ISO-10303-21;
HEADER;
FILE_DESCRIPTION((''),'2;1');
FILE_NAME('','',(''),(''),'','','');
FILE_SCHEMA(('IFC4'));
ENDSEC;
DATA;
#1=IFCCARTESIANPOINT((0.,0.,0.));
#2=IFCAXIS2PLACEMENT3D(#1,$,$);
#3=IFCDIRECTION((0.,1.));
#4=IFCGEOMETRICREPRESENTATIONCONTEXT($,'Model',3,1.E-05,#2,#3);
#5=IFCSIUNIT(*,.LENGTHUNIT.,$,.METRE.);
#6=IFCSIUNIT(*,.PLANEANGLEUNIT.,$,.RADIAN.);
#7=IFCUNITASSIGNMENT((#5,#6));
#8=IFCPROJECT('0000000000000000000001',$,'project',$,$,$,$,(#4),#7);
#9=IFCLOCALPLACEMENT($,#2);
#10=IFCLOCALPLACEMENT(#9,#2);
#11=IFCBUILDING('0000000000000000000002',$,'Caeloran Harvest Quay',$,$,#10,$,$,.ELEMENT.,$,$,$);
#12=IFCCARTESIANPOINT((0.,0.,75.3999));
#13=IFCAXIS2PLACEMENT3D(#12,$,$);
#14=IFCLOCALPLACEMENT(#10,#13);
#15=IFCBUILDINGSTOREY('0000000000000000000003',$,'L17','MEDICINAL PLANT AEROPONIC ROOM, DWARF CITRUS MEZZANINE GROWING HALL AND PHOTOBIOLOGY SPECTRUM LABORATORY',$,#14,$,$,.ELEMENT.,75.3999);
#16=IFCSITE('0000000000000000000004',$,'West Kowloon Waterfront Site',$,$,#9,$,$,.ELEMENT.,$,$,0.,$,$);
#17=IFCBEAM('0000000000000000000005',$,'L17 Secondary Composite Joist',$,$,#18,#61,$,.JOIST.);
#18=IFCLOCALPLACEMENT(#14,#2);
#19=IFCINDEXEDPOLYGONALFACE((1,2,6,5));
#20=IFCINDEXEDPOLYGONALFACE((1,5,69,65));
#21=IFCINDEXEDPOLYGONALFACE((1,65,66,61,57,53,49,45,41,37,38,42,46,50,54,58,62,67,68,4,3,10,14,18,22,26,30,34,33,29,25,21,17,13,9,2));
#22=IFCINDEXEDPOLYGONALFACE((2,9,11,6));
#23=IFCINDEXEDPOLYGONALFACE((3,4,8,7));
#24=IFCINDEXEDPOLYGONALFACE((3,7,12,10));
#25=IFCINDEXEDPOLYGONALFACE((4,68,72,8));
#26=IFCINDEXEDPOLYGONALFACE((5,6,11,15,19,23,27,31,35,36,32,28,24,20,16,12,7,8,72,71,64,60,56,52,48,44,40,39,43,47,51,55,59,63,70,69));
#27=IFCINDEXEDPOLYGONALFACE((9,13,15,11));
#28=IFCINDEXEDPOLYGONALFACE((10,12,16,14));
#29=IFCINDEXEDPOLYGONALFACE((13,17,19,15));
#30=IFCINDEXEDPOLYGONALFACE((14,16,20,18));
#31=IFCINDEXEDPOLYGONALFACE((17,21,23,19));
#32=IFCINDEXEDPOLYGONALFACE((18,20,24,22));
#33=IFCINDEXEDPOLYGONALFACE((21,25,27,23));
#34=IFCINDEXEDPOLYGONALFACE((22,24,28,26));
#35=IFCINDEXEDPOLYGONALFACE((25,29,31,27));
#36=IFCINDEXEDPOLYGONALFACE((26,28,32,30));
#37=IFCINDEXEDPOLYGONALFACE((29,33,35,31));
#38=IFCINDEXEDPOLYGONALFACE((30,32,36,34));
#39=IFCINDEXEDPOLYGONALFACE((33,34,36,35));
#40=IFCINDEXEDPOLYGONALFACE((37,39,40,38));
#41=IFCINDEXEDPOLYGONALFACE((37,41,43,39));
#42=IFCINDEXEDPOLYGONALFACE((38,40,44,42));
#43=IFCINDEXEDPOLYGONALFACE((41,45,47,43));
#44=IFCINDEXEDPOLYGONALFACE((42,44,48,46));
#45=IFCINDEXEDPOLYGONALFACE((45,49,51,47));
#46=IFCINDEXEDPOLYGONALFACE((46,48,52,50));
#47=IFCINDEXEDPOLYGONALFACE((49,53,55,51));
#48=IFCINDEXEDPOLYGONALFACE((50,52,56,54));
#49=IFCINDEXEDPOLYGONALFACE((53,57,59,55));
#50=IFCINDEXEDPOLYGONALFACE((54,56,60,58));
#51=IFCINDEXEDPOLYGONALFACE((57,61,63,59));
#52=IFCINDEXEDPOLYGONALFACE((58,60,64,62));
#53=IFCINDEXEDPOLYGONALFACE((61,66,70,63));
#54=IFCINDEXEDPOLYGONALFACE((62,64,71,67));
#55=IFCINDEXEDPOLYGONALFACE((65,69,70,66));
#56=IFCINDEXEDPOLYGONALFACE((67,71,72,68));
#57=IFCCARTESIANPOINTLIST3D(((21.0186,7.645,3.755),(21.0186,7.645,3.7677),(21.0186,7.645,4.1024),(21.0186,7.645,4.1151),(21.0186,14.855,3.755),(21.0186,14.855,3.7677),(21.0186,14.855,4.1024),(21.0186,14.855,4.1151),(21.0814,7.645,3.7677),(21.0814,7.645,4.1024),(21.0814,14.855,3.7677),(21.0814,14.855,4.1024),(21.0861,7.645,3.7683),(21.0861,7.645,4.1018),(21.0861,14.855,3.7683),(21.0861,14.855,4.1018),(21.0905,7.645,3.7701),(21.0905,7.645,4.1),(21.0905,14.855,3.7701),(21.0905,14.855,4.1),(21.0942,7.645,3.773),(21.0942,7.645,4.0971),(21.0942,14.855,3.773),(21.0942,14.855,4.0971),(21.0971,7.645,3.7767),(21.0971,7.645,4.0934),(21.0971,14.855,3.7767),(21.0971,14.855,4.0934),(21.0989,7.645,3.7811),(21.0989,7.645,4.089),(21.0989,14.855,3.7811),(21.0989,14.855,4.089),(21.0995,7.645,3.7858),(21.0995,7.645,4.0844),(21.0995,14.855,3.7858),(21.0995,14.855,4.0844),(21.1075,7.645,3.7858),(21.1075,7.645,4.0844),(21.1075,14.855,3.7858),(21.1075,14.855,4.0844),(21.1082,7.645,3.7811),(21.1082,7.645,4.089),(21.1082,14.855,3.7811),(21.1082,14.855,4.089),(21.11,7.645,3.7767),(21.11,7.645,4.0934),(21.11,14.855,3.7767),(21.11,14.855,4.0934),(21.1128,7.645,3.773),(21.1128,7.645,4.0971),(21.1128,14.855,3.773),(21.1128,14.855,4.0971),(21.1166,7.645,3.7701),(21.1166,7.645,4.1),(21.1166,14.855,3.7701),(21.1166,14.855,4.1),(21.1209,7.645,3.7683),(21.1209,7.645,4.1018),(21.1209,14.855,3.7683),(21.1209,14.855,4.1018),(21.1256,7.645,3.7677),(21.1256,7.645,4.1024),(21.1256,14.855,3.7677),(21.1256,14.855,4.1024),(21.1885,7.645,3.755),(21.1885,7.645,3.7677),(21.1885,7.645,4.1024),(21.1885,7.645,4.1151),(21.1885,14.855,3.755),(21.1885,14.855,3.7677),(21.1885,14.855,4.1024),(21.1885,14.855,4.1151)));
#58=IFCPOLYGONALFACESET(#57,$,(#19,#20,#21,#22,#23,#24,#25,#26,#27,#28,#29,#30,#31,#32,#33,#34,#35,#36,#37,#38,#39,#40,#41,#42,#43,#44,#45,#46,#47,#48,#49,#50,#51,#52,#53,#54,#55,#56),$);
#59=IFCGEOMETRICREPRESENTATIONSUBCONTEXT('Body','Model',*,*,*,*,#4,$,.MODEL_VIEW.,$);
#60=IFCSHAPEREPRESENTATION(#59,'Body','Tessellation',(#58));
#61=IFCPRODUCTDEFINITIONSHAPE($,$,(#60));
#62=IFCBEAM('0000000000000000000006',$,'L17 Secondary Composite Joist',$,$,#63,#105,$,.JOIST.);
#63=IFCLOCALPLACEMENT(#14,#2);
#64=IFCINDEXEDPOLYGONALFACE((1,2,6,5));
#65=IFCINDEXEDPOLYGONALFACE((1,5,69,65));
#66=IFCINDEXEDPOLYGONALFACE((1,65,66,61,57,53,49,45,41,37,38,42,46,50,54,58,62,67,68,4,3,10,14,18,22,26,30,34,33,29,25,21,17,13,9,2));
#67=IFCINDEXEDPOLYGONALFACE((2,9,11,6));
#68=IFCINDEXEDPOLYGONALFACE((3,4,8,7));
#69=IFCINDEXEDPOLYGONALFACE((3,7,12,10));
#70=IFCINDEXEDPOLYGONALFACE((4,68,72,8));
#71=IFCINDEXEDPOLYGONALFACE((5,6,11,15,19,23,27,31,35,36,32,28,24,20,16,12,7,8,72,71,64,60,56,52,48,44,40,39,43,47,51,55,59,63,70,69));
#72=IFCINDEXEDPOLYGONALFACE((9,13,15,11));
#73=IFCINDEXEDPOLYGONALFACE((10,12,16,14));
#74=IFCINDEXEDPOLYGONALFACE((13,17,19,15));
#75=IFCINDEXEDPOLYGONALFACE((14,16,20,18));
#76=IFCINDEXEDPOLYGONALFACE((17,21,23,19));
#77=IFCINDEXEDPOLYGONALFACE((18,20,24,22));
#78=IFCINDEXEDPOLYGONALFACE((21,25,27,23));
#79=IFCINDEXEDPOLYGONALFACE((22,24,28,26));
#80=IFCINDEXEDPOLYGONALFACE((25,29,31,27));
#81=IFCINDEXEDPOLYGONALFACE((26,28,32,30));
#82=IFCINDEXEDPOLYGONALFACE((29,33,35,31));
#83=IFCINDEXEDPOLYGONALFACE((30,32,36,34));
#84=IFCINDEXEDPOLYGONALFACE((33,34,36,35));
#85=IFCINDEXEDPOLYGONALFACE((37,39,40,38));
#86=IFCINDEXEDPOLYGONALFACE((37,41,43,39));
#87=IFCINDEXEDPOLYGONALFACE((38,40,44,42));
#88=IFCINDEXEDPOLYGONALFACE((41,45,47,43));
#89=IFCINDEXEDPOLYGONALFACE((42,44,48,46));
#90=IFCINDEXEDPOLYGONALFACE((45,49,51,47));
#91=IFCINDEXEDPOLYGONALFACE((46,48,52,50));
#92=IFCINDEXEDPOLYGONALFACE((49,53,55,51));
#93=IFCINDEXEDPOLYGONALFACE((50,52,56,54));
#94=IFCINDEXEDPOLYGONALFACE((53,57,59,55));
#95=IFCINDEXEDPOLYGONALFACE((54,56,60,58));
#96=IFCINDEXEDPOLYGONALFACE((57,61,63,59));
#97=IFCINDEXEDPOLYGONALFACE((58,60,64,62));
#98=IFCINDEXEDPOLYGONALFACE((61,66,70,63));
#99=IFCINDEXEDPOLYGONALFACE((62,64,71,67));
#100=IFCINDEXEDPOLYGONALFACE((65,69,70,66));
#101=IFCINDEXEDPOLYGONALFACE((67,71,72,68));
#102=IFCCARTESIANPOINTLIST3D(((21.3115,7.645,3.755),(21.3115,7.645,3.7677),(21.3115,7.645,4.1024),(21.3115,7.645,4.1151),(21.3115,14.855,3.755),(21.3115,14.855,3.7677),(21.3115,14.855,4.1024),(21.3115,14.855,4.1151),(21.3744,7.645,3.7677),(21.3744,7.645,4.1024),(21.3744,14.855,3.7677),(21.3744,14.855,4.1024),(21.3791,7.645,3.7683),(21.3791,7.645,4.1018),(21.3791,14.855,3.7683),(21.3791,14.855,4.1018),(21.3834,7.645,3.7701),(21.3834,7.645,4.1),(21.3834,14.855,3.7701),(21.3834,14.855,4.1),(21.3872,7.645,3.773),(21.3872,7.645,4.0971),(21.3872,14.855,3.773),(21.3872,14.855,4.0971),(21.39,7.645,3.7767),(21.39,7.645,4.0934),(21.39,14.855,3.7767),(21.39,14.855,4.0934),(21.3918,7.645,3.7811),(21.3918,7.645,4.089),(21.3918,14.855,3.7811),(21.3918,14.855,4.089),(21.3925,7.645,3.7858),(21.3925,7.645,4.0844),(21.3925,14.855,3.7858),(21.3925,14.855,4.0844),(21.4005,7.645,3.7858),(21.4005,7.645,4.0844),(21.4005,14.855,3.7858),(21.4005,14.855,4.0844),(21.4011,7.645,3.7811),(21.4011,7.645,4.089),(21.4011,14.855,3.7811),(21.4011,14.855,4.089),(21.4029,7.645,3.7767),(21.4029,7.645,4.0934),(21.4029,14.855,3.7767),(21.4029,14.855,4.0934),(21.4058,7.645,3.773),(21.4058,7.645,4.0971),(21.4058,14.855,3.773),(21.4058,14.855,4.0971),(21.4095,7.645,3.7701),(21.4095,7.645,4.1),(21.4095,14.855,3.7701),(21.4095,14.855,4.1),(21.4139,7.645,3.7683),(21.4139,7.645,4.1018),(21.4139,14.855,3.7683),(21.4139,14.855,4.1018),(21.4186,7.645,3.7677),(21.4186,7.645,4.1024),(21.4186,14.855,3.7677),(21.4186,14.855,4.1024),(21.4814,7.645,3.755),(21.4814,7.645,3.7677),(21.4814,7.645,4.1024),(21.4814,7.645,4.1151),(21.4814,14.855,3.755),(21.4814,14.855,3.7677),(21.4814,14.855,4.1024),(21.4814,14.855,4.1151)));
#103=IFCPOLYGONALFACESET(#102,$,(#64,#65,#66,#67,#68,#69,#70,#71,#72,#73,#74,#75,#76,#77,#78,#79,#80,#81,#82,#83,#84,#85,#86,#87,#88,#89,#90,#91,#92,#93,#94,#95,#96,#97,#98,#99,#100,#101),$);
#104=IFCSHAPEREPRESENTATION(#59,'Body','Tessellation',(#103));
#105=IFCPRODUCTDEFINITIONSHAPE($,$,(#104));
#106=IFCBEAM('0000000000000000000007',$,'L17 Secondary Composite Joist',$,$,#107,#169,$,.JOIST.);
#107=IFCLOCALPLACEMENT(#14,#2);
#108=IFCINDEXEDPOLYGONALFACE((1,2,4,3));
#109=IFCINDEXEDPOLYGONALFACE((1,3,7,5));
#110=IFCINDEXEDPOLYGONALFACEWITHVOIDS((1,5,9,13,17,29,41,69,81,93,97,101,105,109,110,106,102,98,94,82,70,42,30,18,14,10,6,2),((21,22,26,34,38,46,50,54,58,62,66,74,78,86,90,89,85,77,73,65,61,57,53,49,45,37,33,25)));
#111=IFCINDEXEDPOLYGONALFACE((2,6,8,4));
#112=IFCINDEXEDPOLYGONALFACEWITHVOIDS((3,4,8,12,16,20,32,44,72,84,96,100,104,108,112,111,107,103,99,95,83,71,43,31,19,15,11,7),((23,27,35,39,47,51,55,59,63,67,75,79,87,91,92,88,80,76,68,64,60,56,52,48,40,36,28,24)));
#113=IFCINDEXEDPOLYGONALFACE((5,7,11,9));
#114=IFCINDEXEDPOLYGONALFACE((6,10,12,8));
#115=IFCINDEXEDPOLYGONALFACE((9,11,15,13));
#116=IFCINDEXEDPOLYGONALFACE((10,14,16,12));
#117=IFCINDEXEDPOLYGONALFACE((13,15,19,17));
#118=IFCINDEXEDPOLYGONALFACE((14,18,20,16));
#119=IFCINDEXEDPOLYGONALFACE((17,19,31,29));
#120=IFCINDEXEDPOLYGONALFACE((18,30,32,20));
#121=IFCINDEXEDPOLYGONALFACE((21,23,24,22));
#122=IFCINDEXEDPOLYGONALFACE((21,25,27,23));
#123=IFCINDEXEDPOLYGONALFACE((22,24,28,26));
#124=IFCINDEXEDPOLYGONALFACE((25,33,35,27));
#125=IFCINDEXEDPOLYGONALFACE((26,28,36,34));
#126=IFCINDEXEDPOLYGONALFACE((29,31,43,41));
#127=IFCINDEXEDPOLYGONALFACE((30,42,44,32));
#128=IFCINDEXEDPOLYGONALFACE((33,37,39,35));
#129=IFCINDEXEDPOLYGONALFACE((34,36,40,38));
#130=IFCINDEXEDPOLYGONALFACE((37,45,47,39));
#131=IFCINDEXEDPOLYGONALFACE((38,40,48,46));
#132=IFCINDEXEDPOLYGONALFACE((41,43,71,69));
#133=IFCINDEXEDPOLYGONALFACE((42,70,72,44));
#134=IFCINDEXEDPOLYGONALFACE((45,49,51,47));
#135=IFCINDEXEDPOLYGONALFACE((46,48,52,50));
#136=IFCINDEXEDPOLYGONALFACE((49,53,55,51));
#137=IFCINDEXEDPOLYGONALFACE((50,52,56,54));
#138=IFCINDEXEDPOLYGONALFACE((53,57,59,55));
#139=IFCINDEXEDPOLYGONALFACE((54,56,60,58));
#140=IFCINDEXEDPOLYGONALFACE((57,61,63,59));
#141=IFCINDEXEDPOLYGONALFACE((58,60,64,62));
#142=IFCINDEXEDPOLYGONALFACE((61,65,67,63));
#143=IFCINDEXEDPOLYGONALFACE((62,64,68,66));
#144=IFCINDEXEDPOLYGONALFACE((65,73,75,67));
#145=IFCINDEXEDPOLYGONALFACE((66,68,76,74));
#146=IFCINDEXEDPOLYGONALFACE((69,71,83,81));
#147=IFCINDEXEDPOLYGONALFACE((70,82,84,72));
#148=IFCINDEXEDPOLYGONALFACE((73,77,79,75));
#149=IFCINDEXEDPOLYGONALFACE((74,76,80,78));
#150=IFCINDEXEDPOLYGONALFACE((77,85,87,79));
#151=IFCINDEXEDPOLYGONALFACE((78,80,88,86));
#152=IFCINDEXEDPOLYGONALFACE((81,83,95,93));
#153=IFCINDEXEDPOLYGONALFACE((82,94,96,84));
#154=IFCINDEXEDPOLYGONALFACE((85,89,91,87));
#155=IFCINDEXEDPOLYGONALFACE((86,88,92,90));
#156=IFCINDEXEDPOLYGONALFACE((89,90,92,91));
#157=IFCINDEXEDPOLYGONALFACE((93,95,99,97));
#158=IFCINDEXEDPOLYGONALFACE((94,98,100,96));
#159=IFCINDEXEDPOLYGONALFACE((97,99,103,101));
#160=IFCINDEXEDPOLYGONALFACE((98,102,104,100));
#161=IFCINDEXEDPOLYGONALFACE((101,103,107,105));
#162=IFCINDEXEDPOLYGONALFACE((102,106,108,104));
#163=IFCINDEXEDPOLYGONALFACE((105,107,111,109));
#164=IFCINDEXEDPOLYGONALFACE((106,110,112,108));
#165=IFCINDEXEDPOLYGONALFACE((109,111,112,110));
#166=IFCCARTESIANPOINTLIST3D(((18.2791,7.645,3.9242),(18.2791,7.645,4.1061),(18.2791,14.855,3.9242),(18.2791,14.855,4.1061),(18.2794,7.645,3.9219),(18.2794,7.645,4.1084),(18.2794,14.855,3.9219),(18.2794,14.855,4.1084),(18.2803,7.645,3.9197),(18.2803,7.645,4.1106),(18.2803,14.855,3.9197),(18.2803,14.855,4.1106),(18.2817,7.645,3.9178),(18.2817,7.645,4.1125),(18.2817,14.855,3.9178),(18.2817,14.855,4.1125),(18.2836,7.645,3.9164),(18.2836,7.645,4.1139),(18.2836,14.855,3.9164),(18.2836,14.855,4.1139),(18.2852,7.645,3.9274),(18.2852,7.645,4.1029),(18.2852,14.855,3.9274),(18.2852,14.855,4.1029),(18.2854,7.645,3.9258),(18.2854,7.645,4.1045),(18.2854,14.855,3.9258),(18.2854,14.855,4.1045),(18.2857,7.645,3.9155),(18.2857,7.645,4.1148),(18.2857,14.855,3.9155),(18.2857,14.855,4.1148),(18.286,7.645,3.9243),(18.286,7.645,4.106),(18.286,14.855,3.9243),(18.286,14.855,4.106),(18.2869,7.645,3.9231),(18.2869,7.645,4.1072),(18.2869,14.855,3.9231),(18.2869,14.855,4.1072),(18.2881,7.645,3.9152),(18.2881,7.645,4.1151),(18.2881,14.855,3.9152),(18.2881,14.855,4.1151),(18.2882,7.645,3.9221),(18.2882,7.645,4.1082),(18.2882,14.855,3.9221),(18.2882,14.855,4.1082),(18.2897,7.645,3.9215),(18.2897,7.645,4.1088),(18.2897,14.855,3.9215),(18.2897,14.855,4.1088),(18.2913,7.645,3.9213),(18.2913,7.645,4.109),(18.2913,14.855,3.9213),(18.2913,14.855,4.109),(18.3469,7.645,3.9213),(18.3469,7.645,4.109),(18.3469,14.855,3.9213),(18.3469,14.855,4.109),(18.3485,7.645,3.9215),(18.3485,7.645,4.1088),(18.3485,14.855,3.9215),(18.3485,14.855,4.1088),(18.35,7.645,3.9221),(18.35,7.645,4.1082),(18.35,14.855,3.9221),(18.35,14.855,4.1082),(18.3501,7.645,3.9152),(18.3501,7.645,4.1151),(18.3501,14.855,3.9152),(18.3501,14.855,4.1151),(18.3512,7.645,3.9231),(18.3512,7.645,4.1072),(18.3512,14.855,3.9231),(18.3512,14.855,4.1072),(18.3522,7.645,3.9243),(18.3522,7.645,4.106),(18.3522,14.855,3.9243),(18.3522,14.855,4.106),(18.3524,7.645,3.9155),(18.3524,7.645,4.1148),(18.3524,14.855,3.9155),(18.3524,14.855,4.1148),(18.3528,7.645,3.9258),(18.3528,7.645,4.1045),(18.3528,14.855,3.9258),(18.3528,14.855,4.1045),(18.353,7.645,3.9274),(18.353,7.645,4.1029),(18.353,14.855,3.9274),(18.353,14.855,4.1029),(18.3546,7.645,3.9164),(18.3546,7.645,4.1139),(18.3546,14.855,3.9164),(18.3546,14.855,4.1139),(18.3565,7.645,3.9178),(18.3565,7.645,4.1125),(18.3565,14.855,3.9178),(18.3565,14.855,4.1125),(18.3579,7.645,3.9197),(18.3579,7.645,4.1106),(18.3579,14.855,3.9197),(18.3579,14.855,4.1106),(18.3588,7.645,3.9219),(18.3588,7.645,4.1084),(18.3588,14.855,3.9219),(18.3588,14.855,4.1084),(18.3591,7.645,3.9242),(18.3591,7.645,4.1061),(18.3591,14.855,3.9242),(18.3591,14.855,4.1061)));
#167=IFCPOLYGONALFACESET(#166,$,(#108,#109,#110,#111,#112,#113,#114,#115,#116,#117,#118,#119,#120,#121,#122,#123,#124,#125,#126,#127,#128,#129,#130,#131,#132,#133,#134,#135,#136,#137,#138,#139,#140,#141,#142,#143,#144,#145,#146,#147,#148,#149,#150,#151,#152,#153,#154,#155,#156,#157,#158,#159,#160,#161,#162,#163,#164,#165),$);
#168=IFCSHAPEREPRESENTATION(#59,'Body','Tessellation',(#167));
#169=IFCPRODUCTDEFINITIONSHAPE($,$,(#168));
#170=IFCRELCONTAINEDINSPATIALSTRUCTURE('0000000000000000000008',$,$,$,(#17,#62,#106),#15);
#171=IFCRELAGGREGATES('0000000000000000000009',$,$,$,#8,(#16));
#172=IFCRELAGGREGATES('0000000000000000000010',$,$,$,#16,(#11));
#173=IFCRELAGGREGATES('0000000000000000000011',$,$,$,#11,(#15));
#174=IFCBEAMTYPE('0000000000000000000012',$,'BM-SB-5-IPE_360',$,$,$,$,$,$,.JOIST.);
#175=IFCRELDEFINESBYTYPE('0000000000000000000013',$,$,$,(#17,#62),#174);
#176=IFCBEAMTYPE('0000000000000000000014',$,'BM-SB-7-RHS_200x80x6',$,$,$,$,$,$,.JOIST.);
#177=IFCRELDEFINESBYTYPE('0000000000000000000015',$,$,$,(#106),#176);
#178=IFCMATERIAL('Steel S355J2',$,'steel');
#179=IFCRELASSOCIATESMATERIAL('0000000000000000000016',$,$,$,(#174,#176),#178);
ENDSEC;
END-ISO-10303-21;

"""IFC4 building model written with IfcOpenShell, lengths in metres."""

from ifc_helpers import new_model, si_unit, direction, frame, origin, origin_2d, place, context, subcontext, project, spatial, hollow_rectangle, i_section, extrude, material, material_profile, profile_set, type_object, element, save


model = new_model("IFC4")

# Units and contexts
model_context = context("Model", 3, precision=1e-05, world=origin(), true_north=direction((0.0, 1.0)))
body_context = subcontext(model_context, "Body", "Model", "MODEL_VIEW")
ifc_project = project(units=[si_unit("LENGTHUNIT", "METRE"), si_unit("PLANEANGLEUNIT", "RADIAN")], contexts=[model_context])

# Site, building, storey
site_placement = place(None, origin())
site = spatial("IfcSite", under=ifc_project, at=site_placement, Name="West Kowloon Waterfront Site", CompositionType="ELEMENT", RefElevation=0.0)
building_placement = place(site_placement, origin())
building = spatial("IfcBuilding", under=site, at=building_placement, Name="Caeloran Harvest Quay", CompositionType="ELEMENT")
storey_placement = place(building_placement, frame((0.0, 0.0, 75.3999)))
storey = spatial("IfcBuildingStorey", under=building, at=storey_placement, Name="L17", Description="MEDICINAL PLANT AEROPONIC ROOM, DWARF CITRUS MEZZANINE GROWING HALL AND PHOTOBIOLOGY SPECTRUM LABORATORY", CompositionType="ELEMENT", Elevation=75.3999)

# Beams
ifc_material_1 = material(Name="Steel S355J2", Category="steel")
ifc_material_profile_1 = material_profile(ifc_material_1, i_section(OverallWidth=0.1699, OverallDepth=0.3601, WebThickness=0.0081, FlangeThickness=0.0127, FilletRadius=0.0181, at=origin_2d()), Name="IPE 360")
ifc_profile_set_1 = profile_set([ifc_material_profile_1], Name="Steel S355J2")
beam_type_1 = type_object("IfcBeamType", Name="BM-SB-5-IPE_360", PredefinedType="JOIST", material=ifc_profile_set_1)
for number, where, z_axis, x_axis, name in (
    (1, (21.1035, 7.645, 3.9351), (0.0, 1.0, 0.0), (-1.0, 0.0, 0.0), "L17 Secondary Composite Joist"),
    (2, (21.3965, 7.645, 3.9351), (0.0, 1.0, 0.0), (-1.0, 0.0, 0.0), "L17 Secondary Composite Joist"),
):
    element("IfcBeam", number, at=place(storey_placement, frame(where, z_axis=z_axis, x_axis=x_axis)), inside=storey, type_object=beam_type_1, Name=name, PredefinedType="JOIST", context=body_context, shape_type="SweptSolid", body=[
        extrude(i_section(OverallWidth=0.1699, OverallDepth=0.3601, WebThickness=0.0081, FlangeThickness=0.0127, FilletRadius=0.0181, at=origin_2d()), origin(), (0.0, 0.0, 1.0), 7.21),
    ])
ifc_material_profile_2 = material_profile(ifc_material_1, hollow_rectangle(XDim=0.0801, YDim=0.2, WallThickness=0.0061, InnerFilletRadius=0.0061, OuterFilletRadius=0.009, at=origin_2d()), Name="RHS 200x80x6")
ifc_profile_set_2 = profile_set([ifc_material_profile_2], Name="Steel S355J2")
beam_type_2 = type_object("IfcBeamType", Name="BM-SB-7-RHS_200x80x6", PredefinedType="JOIST", material=ifc_profile_set_2)
for number, where, z_axis, x_axis, name in (
    (3, (18.3191, 7.645, 4.0151), (0.0, 1.0, 0.0), (-1.0, 0.0, 0.0), "L17 Secondary Composite Joist"),
):
    element("IfcBeam", number, at=place(storey_placement, frame(where, z_axis=z_axis, x_axis=x_axis)), inside=storey, type_object=beam_type_2, Name=name, PredefinedType="JOIST", context=body_context, shape_type="SweptSolid", body=[
        extrude(hollow_rectangle(XDim=0.0801, YDim=0.2, WallThickness=0.0061, InnerFilletRadius=0.0061, OuterFilletRadius=0.009, at=origin_2d()), origin(), (0.0, 0.0, 1.0), 7.21),
    ])

save(model, "model.ifc")
